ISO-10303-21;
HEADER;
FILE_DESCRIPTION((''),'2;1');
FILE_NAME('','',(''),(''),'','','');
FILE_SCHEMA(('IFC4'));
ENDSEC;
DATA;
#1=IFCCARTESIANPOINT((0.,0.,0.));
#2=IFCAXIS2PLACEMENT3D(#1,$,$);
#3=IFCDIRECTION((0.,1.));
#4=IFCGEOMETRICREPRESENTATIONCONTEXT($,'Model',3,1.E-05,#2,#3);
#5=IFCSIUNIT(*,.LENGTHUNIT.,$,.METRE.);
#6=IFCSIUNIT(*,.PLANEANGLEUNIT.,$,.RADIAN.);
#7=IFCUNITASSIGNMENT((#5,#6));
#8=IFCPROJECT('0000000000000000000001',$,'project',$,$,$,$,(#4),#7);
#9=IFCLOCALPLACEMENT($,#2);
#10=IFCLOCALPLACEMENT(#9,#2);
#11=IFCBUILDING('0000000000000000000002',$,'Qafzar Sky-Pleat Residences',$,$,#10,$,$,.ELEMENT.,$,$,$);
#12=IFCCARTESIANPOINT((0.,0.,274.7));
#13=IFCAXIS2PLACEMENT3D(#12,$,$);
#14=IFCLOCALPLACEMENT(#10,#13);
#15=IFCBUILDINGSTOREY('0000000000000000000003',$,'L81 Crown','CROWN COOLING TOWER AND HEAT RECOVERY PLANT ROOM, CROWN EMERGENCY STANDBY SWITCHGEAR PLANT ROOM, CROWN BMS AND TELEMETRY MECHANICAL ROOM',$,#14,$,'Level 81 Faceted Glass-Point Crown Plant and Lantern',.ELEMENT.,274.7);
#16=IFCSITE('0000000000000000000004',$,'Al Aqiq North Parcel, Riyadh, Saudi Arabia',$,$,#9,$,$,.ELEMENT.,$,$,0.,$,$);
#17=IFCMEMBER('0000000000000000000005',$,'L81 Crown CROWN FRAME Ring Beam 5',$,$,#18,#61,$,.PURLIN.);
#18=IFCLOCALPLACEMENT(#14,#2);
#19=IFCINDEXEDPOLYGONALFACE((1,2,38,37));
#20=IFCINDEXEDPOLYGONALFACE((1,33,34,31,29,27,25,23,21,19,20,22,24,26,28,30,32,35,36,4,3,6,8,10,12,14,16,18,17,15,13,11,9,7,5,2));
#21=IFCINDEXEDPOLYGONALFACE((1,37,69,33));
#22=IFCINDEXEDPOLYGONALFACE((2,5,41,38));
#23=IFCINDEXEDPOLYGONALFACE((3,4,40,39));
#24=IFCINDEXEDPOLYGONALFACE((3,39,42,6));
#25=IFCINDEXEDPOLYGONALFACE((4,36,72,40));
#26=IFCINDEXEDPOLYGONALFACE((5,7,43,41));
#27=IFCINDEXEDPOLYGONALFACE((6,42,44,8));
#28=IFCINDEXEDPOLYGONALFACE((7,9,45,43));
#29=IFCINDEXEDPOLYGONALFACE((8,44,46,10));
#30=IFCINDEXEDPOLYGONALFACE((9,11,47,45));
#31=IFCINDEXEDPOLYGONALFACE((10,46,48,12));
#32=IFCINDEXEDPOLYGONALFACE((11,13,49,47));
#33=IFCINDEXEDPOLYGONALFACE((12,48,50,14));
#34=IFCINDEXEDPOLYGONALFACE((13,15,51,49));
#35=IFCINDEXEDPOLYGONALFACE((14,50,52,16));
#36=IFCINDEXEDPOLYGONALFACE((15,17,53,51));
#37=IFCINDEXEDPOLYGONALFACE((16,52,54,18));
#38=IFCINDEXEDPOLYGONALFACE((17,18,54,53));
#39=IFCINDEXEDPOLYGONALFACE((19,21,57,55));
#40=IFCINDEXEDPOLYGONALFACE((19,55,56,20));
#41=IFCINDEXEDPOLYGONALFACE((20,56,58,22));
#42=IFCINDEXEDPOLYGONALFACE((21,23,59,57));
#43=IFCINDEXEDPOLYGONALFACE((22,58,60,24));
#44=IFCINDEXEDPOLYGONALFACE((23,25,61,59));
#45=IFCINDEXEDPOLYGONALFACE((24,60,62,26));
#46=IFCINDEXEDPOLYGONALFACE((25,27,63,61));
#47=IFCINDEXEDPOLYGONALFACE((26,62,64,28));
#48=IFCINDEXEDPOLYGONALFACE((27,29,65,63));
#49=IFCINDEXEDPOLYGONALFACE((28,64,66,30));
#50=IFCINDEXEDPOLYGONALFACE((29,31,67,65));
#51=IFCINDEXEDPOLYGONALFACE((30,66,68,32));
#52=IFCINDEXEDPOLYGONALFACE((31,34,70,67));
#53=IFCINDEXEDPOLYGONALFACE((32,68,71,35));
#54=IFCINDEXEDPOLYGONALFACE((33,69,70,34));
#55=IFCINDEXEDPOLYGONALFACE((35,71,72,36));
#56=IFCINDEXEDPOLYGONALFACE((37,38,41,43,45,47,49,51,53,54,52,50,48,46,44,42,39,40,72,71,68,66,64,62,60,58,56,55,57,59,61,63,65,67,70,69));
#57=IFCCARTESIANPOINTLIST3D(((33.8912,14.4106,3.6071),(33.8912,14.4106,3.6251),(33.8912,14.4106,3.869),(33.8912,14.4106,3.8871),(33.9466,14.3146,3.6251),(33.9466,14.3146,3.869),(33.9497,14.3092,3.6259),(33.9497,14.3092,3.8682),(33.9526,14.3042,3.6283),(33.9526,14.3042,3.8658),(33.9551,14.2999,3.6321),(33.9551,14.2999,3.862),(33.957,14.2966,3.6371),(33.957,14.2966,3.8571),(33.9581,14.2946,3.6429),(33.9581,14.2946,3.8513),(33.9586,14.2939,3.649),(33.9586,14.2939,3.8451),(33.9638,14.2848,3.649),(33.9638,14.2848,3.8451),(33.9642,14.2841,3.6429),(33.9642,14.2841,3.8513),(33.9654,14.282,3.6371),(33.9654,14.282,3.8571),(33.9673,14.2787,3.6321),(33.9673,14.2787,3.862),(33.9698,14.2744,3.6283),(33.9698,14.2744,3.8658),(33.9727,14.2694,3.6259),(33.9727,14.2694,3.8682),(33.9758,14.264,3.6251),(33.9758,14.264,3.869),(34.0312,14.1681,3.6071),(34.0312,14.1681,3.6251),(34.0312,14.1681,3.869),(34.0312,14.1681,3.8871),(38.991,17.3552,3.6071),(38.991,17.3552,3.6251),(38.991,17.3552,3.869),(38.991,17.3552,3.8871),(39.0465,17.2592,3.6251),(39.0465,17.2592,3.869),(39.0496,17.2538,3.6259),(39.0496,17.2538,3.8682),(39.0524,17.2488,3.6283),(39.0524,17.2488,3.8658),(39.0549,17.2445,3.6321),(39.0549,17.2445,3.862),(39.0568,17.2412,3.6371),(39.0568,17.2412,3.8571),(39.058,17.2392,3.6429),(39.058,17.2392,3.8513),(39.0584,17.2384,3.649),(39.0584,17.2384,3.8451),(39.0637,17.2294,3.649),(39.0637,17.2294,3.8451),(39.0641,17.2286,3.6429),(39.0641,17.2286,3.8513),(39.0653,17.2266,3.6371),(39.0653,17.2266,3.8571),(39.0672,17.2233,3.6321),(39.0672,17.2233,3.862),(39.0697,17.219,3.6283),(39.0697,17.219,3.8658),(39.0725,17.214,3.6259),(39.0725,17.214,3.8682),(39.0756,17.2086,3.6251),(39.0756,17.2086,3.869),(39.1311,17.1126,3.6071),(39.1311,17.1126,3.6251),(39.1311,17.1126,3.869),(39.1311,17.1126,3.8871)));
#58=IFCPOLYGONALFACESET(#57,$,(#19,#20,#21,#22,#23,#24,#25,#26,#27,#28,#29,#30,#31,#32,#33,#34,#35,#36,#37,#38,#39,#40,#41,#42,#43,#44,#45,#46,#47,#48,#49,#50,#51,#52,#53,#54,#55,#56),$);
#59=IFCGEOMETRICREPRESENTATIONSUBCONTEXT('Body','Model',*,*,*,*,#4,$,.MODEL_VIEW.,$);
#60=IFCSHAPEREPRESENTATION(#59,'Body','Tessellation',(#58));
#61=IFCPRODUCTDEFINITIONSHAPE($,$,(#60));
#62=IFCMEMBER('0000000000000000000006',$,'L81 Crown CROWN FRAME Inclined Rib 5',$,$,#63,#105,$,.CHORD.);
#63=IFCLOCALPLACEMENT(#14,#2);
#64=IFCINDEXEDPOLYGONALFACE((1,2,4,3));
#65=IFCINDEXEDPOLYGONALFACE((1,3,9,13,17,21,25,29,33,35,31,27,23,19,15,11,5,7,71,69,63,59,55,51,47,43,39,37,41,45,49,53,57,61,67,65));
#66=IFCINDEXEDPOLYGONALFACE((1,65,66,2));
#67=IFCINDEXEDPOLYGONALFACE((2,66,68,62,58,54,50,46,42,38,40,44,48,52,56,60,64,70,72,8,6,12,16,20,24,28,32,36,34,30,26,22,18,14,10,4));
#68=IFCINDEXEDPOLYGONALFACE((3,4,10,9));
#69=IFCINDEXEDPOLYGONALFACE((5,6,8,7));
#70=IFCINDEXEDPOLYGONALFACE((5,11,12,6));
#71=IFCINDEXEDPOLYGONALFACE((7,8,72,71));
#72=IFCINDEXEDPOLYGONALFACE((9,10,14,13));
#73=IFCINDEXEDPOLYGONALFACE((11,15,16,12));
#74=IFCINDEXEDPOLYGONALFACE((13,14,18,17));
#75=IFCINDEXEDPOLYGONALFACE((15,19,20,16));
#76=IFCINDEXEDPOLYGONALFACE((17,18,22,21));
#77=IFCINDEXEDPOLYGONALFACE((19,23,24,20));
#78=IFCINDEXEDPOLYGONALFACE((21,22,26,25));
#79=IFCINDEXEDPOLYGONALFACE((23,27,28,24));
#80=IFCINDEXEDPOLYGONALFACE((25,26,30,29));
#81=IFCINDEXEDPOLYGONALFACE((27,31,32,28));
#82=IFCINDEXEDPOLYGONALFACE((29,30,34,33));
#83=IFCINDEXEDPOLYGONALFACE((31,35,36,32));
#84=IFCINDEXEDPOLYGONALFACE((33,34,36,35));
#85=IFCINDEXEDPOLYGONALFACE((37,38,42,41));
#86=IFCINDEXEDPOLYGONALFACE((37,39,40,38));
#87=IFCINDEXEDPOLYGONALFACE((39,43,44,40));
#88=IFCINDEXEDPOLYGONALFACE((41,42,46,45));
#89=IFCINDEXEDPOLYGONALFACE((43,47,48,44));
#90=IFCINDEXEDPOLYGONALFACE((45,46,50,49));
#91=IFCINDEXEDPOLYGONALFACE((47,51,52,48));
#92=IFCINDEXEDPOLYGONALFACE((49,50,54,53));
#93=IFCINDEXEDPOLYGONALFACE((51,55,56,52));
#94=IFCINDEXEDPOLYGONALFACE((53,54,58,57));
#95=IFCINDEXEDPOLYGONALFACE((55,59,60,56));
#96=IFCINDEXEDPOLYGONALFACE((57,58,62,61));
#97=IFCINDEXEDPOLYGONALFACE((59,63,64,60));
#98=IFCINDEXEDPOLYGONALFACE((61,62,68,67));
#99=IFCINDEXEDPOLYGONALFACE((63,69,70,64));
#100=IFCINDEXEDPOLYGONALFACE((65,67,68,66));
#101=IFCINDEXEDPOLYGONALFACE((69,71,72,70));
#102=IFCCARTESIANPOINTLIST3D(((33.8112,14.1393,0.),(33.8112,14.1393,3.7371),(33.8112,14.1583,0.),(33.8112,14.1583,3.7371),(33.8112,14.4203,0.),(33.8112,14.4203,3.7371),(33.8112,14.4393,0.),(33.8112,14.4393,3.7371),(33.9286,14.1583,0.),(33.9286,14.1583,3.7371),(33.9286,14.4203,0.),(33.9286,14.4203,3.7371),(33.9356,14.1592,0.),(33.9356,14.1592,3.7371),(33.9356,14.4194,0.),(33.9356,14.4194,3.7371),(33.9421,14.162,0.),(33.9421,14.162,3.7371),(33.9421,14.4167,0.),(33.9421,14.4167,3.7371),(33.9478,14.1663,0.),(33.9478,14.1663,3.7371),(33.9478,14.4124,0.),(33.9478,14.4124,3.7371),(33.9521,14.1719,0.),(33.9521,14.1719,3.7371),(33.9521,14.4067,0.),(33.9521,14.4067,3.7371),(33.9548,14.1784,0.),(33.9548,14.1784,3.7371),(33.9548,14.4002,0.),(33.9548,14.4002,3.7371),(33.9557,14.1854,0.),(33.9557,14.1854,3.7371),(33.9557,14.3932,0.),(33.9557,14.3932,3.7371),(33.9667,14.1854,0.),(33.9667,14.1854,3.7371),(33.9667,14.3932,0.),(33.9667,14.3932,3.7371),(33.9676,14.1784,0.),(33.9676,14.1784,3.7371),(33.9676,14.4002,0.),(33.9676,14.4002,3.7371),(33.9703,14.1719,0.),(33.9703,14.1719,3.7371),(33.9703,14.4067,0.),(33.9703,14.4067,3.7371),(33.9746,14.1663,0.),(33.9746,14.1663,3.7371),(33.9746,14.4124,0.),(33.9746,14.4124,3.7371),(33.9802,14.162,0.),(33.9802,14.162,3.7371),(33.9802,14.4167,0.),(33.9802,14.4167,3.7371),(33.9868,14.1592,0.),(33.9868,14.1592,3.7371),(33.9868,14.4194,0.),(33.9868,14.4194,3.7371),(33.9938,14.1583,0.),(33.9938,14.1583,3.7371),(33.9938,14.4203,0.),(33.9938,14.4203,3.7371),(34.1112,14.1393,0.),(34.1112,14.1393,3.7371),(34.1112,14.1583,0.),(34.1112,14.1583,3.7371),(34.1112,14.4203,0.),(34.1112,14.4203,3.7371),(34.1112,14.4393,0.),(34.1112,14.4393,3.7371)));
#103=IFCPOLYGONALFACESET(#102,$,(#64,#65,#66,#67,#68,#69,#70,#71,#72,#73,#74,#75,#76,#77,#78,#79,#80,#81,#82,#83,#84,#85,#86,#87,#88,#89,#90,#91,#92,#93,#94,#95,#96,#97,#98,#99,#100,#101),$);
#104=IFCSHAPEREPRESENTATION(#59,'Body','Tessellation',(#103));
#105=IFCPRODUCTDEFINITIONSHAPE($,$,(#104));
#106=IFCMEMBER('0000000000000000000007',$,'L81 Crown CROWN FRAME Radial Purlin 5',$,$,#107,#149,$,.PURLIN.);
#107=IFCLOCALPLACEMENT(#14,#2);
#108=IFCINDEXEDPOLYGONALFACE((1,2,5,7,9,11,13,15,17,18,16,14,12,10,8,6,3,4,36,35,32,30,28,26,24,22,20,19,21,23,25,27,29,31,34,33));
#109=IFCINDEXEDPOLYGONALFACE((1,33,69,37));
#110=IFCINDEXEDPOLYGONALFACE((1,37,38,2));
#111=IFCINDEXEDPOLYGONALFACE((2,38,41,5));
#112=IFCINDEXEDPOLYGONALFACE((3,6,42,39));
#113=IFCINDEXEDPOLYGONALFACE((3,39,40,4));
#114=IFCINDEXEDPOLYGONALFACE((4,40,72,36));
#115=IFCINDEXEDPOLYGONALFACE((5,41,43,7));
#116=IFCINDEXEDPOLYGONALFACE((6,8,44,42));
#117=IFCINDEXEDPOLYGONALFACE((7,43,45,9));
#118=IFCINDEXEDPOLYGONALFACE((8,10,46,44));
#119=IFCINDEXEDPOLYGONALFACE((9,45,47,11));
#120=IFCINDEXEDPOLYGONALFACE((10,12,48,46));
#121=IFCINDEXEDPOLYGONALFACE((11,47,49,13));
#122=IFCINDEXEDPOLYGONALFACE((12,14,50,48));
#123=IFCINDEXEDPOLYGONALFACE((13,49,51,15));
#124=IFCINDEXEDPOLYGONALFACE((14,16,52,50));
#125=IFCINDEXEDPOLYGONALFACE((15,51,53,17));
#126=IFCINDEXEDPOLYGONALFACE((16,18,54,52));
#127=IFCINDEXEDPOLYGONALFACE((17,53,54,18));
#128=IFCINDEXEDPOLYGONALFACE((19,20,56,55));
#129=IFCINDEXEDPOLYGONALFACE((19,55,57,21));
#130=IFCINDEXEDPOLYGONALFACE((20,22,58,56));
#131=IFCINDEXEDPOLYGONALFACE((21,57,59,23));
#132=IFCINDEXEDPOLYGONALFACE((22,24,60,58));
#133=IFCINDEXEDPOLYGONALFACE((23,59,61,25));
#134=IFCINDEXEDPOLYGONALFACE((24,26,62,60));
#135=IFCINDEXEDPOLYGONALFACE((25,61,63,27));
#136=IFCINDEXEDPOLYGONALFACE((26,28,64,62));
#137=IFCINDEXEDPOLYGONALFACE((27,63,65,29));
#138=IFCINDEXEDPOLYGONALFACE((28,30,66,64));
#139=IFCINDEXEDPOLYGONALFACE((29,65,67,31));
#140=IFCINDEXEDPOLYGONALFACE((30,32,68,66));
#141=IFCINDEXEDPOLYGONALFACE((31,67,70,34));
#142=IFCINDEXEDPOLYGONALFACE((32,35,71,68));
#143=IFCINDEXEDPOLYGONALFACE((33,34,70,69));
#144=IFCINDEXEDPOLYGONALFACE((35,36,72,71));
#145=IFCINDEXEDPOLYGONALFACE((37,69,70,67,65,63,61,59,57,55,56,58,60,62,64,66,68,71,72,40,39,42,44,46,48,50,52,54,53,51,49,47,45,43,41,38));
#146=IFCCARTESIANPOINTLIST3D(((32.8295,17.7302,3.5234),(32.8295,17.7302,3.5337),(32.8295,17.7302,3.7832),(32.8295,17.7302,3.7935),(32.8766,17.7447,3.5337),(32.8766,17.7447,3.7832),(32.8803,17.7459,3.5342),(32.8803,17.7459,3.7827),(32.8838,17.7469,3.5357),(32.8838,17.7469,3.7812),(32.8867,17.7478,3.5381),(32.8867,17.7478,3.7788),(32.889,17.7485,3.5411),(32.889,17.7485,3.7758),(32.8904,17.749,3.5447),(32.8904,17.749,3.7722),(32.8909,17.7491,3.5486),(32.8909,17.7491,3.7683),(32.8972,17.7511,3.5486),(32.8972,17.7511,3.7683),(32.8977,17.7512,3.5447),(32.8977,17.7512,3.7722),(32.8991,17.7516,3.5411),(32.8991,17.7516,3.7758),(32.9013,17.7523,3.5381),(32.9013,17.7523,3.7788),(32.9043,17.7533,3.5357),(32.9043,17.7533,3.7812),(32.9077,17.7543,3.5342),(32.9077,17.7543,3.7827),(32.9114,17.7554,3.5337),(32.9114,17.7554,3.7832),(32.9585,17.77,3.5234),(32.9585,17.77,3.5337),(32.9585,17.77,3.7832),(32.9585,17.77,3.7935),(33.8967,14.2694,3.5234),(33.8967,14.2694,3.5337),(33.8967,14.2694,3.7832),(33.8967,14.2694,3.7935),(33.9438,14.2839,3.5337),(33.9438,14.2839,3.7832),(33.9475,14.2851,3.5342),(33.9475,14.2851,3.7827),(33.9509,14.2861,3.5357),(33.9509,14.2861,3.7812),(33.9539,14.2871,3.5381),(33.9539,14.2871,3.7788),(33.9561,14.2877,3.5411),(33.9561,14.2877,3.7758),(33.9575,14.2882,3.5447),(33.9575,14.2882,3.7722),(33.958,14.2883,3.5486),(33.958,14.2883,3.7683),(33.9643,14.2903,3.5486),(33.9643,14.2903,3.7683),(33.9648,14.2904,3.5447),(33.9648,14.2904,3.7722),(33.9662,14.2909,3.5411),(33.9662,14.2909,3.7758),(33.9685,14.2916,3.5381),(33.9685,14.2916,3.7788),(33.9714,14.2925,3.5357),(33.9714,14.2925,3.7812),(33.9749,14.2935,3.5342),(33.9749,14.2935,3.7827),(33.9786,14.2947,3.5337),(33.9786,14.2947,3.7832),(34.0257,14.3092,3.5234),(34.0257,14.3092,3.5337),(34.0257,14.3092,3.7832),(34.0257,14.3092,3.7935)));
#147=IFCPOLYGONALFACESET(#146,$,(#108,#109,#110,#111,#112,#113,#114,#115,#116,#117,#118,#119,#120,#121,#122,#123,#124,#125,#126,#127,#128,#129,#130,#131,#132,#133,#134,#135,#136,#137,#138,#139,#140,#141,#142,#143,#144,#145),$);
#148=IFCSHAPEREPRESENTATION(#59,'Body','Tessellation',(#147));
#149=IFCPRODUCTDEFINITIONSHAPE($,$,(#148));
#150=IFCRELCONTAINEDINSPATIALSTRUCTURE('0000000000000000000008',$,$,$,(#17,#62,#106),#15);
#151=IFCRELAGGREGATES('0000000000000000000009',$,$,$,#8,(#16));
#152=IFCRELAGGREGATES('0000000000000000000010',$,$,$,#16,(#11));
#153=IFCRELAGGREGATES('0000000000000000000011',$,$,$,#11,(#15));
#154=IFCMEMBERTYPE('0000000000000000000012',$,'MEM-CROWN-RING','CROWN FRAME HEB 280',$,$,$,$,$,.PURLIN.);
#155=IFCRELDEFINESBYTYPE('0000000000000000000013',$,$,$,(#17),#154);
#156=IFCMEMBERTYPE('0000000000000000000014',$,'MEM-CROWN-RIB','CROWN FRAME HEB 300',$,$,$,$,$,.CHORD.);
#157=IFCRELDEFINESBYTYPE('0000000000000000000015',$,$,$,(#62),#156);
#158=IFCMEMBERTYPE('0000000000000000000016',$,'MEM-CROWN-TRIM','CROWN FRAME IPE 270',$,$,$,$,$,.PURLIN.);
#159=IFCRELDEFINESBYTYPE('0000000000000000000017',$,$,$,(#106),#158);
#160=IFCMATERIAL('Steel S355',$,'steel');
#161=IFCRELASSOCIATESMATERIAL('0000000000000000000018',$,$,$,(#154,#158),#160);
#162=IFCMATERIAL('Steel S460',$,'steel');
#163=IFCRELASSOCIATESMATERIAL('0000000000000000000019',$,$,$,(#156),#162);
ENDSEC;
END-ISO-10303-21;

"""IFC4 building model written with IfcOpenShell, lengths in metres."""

from ifc_helpers import new_model, si_unit, direction, frame, origin, origin_2d, place, context, subcontext, project, spatial, i_section, extrude, source, transform, mapped, material, material_profile, profile_set, type_object, element, save


model = new_model("IFC4")

# Units and contexts
model_context = context("Model", 3, precision=1e-05, world=origin(), true_north=direction((0.0, 1.0)))
body_context = subcontext(model_context, "Body", "Model", "MODEL_VIEW")
ifc_project = project(units=[si_unit("LENGTHUNIT", "METRE"), si_unit("PLANEANGLEUNIT", "RADIAN")], contexts=[model_context])

# Site, building, storey
site_placement = place(None, origin())
site = spatial("IfcSite", under=ifc_project, at=site_placement, Name="Al Aqiq North Parcel, Riyadh, Saudi Arabia", CompositionType="ELEMENT", RefElevation=0.0)
building_placement = place(site_placement, origin())
building = spatial("IfcBuilding", under=site, at=building_placement, Name="Qafzar Sky-Pleat Residences", CompositionType="ELEMENT")
storey_placement = place(building_placement, frame((0.0, 0.0, 274.7)))
storey = spatial("IfcBuildingStorey", under=building, at=storey_placement, Name="L81 Crown", Description="CROWN COOLING TOWER AND HEAT RECOVERY PLANT ROOM, CROWN EMERGENCY STANDBY SWITCHGEAR PLANT ROOM, CROWN BMS AND TELEMETRY MECHANICAL ROOM", LongName="Level 81 Faceted Glass-Point Crown Plant and Lantern", CompositionType="ELEMENT", Elevation=274.7)

# Members
ifc_material_1 = material(Name="Steel S355", Category="steel")
ifc_material_profile_1 = material_profile(ifc_material_1, i_section(OverallWidth=0.28, OverallDepth=0.28, WebThickness=0.0105, FlangeThickness=0.0181, FilletRadius=0.0239, at=origin_2d()), Name="HEB 280")
ifc_profile_set_1 = profile_set([ifc_material_profile_1], Name="Steel S355")
member_type_1 = type_object("IfcMemberType", Name="MEM-CROWN-RING", Description="CROWN FRAME HEB 280", PredefinedType="PURLIN", material=ifc_profile_set_1)
shared_shape_1 = source(origin(), body_context, "Body", "SweptSolid", [
    extrude(i_section(OverallWidth=0.28, OverallDepth=0.28, WebThickness=0.0105, FlangeThickness=0.0181, FilletRadius=0.0239, at=origin_2d()), origin(), (0.0, 0.0, 1.0), 5.8889),
])
member_1_placement = place(storey_placement, frame((33.9612, 14.2893, 3.7471), z_axis=(0.866012, 0.500023, 0.0), x_axis=(-0.500023, 0.866012, 0.0)))
element("IfcMember", 1, at=member_1_placement, inside=storey, type_object=member_type_1, Name="L81 Crown CROWN FRAME Ring Beam 5", PredefinedType="PURLIN", context=body_context, shape_type="MappedRepresentation", body=[
    mapped(shared_shape_1, transform((0.0, 0.0, 0.0), x_axis=(1.0, 0.0, 0.0), y_axis=(0.0, 1.0, 0.0), z_axis=(0.0, 0.0, 1.0), scale=1.0)),
])
ifc_material_2 = material(Name="Steel S460", Category="steel")
ifc_material_profile_2 = material_profile(ifc_material_2, i_section(OverallWidth=0.3, OverallDepth=0.3, WebThickness=0.011, FlangeThickness=0.019, FilletRadius=0.0271, at=origin_2d()), Name="HEB 300")
ifc_profile_set_2 = profile_set([ifc_material_profile_2], Name="Steel S460")
member_type_2 = type_object("IfcMemberType", Name="MEM-CROWN-RIB", Description="CROWN FRAME HEB 300", PredefinedType="CHORD", material=ifc_profile_set_2)
shared_shape_2 = source(origin(), body_context, "Body", "SweptSolid", [
    extrude(i_section(OverallWidth=0.3, OverallDepth=0.3, WebThickness=0.011, FlangeThickness=0.019, FilletRadius=0.0271, at=origin_2d()), origin(), (0.0, 0.0, 1.0), 3.7371),
])
member_2_placement = place(storey_placement, frame((33.9612, 14.2893, 0.0), z_axis=(0.0, 0.0, 1.0), x_axis=(1.0, 0.0, 0.0)))
element("IfcMember", 2, at=member_2_placement, inside=storey, type_object=member_type_2, Name="L81 Crown CROWN FRAME Inclined Rib 5", PredefinedType="CHORD", context=body_context, shape_type="MappedRepresentation", body=[
    mapped(shared_shape_2, transform((0.0, 0.0, 0.0), x_axis=(1.0, 0.0, 0.0), y_axis=(0.0, 1.0, 0.0), z_axis=(0.0, 0.0, 1.0), scale=1.0)),
])
ifc_material_profile_3 = material_profile(ifc_material_1, i_section(OverallWidth=0.135, OverallDepth=0.27, WebThickness=0.0066, FlangeThickness=0.0103, FilletRadius=0.0149, at=origin_2d()), Name="IPE 270")
ifc_profile_set_3 = profile_set([ifc_material_profile_3], Name="Steel S355")
member_type_3 = type_object("IfcMemberType", Name="MEM-CROWN-TRIM", Description="CROWN FRAME IPE 270", PredefinedType="PURLIN", material=ifc_profile_set_3)
shared_shape_3 = source(origin(), body_context, "Body", "SweptSolid", [
    extrude(i_section(OverallWidth=0.135, OverallDepth=0.27, WebThickness=0.0066, FlangeThickness=0.0103, FilletRadius=0.0149, at=origin_2d()), origin(), (0.0, 0.0, 1.0), 3.6216),
])
member_3_placement = place(storey_placement, frame((33.9612, 14.2893, 3.6584), z_axis=(-0.294668, 0.9556, 0.0), x_axis=(-0.9556, -0.294668, 0.0)))
element("IfcMember", 3, at=member_3_placement, inside=storey, type_object=member_type_3, Name="L81 Crown CROWN FRAME Radial Purlin 5", PredefinedType="PURLIN", context=body_context, shape_type="MappedRepresentation", body=[
    mapped(shared_shape_3, transform((0.0, 0.0, 0.0), x_axis=(1.0, 0.0, 0.0), y_axis=(0.0, 1.0, 0.0), z_axis=(0.0, 0.0, 1.0), scale=1.0)),
])

save(model, "model.ifc")
